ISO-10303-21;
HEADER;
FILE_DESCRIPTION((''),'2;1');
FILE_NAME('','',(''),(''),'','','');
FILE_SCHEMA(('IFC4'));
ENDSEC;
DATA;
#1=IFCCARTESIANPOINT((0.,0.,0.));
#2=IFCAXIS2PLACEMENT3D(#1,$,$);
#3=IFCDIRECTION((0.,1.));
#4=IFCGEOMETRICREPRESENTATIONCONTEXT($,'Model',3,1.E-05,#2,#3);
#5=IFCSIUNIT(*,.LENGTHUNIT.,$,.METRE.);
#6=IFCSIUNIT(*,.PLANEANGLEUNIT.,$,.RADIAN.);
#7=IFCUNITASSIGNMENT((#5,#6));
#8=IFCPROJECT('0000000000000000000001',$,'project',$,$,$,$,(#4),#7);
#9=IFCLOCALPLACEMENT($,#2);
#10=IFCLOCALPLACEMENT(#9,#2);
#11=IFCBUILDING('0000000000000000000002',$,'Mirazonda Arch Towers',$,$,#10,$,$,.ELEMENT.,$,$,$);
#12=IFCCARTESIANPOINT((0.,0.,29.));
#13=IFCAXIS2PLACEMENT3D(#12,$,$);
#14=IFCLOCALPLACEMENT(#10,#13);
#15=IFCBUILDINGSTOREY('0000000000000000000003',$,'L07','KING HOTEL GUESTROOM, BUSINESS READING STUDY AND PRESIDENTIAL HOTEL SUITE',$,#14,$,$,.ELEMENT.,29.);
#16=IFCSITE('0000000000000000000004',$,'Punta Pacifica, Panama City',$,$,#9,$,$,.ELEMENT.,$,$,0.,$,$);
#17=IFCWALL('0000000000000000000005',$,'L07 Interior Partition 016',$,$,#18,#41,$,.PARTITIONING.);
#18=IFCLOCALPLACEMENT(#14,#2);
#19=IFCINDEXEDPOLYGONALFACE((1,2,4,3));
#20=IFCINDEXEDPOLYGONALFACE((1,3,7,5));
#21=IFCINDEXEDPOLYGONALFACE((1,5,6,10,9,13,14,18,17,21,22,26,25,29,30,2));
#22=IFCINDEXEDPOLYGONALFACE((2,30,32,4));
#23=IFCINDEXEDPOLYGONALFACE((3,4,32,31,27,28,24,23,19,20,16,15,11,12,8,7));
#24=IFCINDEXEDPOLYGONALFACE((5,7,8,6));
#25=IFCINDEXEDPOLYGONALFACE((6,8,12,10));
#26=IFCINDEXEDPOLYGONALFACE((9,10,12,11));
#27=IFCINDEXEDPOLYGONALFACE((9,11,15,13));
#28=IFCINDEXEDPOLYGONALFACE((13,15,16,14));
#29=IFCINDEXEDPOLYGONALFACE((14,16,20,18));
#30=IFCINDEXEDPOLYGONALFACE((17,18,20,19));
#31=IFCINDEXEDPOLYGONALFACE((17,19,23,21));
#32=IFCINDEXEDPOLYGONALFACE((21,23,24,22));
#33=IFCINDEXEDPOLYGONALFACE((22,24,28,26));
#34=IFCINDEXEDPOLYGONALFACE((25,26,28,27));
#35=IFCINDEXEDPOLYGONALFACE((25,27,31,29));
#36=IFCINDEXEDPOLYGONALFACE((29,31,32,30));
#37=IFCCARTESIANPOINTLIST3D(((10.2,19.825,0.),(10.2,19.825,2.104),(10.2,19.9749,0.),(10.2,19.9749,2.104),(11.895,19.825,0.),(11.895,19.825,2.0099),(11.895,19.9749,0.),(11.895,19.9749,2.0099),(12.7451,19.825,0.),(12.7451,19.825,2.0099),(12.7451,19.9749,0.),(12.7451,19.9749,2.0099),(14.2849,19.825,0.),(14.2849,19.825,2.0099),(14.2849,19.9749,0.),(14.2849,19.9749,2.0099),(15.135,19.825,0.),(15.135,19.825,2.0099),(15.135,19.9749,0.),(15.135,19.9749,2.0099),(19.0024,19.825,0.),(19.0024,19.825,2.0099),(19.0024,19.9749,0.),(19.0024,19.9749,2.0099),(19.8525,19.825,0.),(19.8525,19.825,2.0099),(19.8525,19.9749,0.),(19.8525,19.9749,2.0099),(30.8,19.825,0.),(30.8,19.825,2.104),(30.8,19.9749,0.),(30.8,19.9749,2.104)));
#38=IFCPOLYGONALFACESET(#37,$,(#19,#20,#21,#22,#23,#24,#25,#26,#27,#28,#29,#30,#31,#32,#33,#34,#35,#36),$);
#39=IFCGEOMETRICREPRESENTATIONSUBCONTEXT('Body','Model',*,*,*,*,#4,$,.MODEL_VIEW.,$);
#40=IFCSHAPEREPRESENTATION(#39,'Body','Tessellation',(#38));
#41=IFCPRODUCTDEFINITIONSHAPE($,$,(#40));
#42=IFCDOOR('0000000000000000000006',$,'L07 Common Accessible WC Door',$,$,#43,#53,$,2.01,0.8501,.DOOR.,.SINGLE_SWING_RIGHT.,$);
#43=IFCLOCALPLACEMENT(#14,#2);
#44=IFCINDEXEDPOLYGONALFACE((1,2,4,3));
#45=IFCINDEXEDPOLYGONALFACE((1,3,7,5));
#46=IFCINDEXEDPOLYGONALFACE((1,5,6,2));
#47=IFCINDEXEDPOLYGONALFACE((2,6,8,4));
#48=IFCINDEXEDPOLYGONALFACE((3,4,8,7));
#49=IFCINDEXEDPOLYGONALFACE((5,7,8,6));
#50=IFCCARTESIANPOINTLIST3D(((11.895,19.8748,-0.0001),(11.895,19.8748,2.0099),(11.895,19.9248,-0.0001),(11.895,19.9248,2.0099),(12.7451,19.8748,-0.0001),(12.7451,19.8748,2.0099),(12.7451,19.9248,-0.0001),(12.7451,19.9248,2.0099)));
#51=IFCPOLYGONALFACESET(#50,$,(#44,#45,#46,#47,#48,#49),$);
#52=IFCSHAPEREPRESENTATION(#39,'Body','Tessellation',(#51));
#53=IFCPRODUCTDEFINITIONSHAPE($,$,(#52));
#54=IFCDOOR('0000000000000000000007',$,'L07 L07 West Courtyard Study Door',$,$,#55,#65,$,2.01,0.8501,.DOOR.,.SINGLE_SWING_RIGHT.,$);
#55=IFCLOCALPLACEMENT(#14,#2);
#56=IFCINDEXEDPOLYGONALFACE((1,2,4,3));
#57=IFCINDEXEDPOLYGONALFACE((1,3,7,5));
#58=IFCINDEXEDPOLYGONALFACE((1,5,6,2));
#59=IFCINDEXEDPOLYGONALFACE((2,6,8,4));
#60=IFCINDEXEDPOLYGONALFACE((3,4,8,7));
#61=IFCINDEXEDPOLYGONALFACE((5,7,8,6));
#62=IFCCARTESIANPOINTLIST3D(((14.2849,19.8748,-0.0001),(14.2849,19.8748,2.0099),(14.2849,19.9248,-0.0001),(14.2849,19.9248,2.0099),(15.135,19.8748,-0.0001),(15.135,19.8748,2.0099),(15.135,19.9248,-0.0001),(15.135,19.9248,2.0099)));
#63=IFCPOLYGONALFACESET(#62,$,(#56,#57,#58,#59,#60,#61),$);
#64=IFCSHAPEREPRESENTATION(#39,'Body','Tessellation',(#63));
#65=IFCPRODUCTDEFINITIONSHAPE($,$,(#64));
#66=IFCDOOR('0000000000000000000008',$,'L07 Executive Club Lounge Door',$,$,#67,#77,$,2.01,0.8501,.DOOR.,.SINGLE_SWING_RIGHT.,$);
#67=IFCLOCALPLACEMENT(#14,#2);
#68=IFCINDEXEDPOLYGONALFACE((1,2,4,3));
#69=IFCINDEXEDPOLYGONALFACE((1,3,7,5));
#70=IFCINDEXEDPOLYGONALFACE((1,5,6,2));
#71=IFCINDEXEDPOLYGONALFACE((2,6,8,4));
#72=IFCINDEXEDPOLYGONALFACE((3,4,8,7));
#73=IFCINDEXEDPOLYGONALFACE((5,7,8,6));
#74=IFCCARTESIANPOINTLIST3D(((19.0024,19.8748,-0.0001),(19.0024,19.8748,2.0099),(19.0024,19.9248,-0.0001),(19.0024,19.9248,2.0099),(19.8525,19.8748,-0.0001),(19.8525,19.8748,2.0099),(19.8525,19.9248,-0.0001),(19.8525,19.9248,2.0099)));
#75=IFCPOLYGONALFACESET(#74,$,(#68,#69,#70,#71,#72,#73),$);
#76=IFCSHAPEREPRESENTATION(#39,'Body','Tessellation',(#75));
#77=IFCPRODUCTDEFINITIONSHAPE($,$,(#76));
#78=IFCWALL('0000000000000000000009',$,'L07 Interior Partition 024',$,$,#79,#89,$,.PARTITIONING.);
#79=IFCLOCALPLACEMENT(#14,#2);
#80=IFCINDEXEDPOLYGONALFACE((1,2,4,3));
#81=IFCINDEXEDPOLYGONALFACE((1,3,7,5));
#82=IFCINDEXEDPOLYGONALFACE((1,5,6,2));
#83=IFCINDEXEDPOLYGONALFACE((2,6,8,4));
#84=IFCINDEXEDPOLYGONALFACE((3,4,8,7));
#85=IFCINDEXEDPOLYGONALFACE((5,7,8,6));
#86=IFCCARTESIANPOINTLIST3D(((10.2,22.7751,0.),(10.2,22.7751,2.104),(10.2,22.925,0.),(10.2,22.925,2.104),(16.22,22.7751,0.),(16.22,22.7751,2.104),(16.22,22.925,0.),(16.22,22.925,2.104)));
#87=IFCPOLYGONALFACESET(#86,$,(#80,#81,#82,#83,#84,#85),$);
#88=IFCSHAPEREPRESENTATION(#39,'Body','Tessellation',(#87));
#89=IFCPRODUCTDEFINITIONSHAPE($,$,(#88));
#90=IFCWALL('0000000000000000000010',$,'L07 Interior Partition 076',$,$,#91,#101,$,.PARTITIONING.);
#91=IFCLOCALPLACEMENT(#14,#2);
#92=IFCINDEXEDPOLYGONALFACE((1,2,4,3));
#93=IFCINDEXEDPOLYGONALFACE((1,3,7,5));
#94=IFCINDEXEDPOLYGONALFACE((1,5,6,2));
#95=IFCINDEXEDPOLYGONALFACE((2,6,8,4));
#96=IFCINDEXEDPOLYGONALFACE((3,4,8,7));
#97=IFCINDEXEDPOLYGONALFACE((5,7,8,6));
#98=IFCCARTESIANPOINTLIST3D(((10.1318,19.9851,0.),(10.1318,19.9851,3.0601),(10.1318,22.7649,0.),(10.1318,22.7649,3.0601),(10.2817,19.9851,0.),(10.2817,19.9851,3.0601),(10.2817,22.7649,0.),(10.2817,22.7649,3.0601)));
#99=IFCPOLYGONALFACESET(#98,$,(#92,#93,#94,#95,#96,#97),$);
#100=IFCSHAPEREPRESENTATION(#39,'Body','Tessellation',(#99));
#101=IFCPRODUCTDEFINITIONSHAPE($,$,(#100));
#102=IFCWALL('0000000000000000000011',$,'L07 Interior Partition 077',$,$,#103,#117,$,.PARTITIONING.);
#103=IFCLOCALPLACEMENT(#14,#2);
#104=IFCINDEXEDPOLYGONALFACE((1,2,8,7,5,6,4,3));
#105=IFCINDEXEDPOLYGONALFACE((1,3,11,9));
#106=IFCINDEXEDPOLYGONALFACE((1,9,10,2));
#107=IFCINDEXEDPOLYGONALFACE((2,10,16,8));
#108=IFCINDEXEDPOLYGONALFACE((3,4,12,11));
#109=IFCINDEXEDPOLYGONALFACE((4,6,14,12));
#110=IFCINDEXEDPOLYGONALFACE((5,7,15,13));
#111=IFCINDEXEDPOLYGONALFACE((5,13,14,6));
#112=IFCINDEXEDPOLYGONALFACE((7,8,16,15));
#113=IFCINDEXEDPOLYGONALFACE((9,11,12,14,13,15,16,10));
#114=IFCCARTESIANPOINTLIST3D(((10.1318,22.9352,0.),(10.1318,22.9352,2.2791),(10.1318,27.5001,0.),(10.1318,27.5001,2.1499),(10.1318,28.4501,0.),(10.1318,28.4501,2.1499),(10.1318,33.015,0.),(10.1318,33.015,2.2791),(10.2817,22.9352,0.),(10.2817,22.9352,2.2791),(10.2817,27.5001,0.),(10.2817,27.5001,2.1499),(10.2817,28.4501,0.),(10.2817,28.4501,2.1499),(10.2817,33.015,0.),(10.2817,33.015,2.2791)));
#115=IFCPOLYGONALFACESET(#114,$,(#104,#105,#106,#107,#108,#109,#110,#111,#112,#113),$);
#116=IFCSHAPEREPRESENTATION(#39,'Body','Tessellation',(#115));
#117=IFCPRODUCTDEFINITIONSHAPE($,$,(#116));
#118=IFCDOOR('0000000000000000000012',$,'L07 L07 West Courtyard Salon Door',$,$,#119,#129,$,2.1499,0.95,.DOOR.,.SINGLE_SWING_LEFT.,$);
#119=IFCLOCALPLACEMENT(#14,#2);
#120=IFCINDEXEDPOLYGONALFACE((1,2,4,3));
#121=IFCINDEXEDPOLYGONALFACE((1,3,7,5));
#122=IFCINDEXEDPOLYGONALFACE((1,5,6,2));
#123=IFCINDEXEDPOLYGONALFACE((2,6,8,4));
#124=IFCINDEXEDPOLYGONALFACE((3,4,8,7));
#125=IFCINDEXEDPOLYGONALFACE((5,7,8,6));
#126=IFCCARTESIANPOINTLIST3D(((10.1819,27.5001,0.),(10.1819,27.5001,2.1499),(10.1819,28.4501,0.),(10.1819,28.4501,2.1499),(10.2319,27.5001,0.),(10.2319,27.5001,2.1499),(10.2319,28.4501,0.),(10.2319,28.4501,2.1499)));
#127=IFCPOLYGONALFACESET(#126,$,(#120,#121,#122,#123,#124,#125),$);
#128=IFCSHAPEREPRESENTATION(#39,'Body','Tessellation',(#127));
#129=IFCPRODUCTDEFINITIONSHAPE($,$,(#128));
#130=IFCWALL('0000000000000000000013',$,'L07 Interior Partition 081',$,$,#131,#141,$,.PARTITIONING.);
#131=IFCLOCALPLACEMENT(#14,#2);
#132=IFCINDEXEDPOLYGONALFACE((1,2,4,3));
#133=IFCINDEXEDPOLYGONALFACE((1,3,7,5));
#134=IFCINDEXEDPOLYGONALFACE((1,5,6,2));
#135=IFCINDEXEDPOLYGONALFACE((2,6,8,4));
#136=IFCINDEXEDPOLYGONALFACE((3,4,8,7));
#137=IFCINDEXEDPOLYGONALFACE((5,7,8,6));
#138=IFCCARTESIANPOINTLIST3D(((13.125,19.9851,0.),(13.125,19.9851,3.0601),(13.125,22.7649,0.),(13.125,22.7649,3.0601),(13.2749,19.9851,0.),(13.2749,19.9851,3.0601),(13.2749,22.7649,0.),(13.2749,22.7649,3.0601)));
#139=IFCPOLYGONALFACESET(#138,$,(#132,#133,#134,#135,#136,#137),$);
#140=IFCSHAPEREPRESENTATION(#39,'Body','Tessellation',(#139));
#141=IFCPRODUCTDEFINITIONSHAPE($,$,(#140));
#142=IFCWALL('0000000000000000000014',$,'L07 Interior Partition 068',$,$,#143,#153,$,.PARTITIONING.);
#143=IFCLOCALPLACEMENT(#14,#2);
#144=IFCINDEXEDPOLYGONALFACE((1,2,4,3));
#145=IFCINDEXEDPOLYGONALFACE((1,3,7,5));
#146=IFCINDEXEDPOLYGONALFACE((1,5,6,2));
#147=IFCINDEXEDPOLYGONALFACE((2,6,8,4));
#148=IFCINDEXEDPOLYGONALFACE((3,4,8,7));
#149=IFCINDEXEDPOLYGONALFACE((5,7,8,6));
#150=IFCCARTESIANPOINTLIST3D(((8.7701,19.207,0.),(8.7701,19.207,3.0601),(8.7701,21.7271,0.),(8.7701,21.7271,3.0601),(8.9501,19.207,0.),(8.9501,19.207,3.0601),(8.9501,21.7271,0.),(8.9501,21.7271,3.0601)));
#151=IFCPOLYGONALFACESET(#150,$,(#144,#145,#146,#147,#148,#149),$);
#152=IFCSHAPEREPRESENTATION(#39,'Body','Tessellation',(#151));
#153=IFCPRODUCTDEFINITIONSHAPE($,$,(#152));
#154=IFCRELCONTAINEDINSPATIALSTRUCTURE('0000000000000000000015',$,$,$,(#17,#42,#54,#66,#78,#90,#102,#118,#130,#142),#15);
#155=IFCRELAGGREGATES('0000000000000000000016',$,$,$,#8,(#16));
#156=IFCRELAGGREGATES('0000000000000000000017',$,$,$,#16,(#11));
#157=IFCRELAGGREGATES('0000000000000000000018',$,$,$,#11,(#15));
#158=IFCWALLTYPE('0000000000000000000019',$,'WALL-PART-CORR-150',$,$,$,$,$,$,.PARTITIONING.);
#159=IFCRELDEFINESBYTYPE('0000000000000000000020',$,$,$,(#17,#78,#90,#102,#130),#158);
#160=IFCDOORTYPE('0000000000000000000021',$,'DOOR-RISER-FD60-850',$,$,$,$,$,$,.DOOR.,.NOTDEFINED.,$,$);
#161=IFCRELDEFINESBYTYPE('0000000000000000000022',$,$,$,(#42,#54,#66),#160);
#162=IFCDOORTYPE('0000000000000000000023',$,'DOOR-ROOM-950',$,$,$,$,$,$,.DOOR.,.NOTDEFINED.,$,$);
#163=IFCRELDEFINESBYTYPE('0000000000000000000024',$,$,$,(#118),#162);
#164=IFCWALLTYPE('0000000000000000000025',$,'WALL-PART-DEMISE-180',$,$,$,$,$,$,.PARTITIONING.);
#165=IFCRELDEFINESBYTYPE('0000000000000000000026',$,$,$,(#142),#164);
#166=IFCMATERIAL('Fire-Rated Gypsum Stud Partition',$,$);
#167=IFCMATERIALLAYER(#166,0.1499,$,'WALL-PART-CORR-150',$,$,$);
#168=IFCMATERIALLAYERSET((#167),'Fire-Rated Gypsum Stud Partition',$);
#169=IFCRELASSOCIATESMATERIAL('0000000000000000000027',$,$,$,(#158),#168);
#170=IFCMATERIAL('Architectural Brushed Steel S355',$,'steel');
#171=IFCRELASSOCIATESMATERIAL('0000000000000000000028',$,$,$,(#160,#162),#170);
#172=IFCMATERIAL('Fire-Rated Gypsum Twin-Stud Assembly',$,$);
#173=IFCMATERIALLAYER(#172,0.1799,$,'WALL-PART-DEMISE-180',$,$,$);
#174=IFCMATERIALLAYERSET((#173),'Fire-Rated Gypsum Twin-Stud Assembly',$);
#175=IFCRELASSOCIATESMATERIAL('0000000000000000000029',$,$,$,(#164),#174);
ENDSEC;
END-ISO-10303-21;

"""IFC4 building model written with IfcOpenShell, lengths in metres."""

from ifc_helpers import new_model, si_unit, direction, frame, frame_2d, origin, place, context, subcontext, project, spatial, rectangle, extrude, material, layer, layer_set, type_object, element, fill, save


model = new_model("IFC4")

# Units and contexts
model_context = context("Model", 3, precision=1e-05, world=origin(), true_north=direction((0.0, 1.0)))
body_context = subcontext(model_context, "Body", "Model", "MODEL_VIEW")
ifc_project = project(units=[si_unit("LENGTHUNIT", "METRE"), si_unit("PLANEANGLEUNIT", "RADIAN")], contexts=[model_context])

# Site, building, storey
site_placement = place(None, origin())
site = spatial("IfcSite", under=ifc_project, at=site_placement, Name="Punta Pacifica, Panama City", CompositionType="ELEMENT", RefElevation=0.0)
building_placement = place(site_placement, origin())
building = spatial("IfcBuilding", under=site, at=building_placement, Name="Mirazonda Arch Towers", CompositionType="ELEMENT")
storey_placement = place(building_placement, frame((0.0, 0.0, 29.0)))
storey = spatial("IfcBuildingStorey", under=building, at=storey_placement, Name="L07", Description="KING HOTEL GUESTROOM, BUSINESS READING STUDY AND PRESIDENTIAL HOTEL SUITE", CompositionType="ELEMENT", Elevation=29.0)

# Shared definitions
ifc_material_1 = material(Name="Architectural Brushed Steel S355", Category="steel")

# Shared definitions
ifc_material_2 = material(Name="Fire-Rated Gypsum Stud Partition")
ifc_layer_1 = layer(ifc_material_2, 0.1499, Name="WALL-PART-CORR-150")
ifc_layer_set_1 = layer_set([ifc_layer_1], Name="Fire-Rated Gypsum Stud Partition")
wall_type_1 = type_object("IfcWallType", Name="WALL-PART-CORR-150", PredefinedType="PARTITIONING", material=ifc_layer_set_1)

# Wall, openings, doors
wall_1_placement = place(storey_placement, frame((10.2, 19.8999, 0.0), z_axis=(0.0, 0.0, 1.0), x_axis=(1.0, 0.0, 0.0)))
wall_1 = element("IfcWall", 1, at=wall_1_placement, inside=storey, type_object=wall_type_1, Name="L07 Interior Partition 016", PredefinedType="PARTITIONING", context=body_context, shape_type="SweptSolid", body=[
    extrude(rectangle(XDim=20.6001, YDim=0.1499, at=frame_2d((10.3, 0.0))), origin(), (0.0, 0.0, 1.0), 2.104),
])
opening_1_placement = place(wall_1_placement, frame((1.6951, 0.0, 0.0)))
opening_1 = element("IfcOpeningElement", 2, at=opening_1_placement, cuts=wall_1, PredefinedType="OPENING", context=body_context, shape_type="SweptSolid", body=[
    extrude(rectangle(XDim=0.8501, YDim=2.01, at=frame_2d((0.425, 1.0049))), frame((0.0, 0.085, 0.0), z_axis=(0.0, -1.0, 0.0), x_axis=(1.0, 0.0, 0.0)), (0.0, 0.0, 1.0), 0.1699),
])
opening_2_placement = place(wall_1_placement, frame((4.085, 0.0, 0.0)))
opening_2 = element("IfcOpeningElement", 3, at=opening_2_placement, cuts=wall_1, PredefinedType="OPENING", context=body_context, shape_type="SweptSolid", body=[
    extrude(rectangle(XDim=0.8501, YDim=2.01, at=frame_2d((0.425, 1.0049))), frame((0.0, 0.085, 0.0), z_axis=(0.0, -1.0, 0.0), x_axis=(1.0, 0.0, 0.0)), (0.0, 0.0, 1.0), 0.1699),
])
opening_3_placement = place(wall_1_placement, frame((8.8025, 0.0, 0.0)))
opening_3 = element("IfcOpeningElement", 4, at=opening_3_placement, cuts=wall_1, PredefinedType="OPENING", context=body_context, shape_type="SweptSolid", body=[
    extrude(rectangle(XDim=0.8501, YDim=2.01, at=frame_2d((0.425, 1.0049))), frame((0.0, 0.085, 0.0), z_axis=(0.0, -1.0, 0.0), x_axis=(1.0, 0.0, 0.0)), (0.0, 0.0, 1.0), 0.1699),
])
door_type_1 = type_object("IfcDoorType", Name="DOOR-RISER-FD60-850", OperationType="NOTDEFINED", PredefinedType="DOOR", material=ifc_material_1)
door_1_placement = place(opening_1_placement, origin())
door_1 = element("IfcDoor", 5, at=door_1_placement, inside=storey, type_object=door_type_1, Name="L07 Common Accessible WC Door", OperationType="SINGLE_SWING_RIGHT", OverallHeight=2.01, OverallWidth=0.8501, PredefinedType="DOOR", context=body_context, shape_type="SweptSolid", body=[
    extrude(rectangle(XDim=0.8501, YDim=2.01, at=frame_2d((0.425, 1.0049))), frame((0.0, 0.0249, 0.0), z_axis=(0.0, -1.0, 0.0), x_axis=(1.0, 0.0, 0.0)), (0.0, 0.0, 1.0), 0.05),
])
fill(opening_1, door_1)
door_2_placement = place(opening_2_placement, origin())
door_2 = element("IfcDoor", 6, at=door_2_placement, inside=storey, type_object=door_type_1, Name="L07 L07 West Courtyard Study Door", OperationType="SINGLE_SWING_RIGHT", OverallHeight=2.01, OverallWidth=0.8501, PredefinedType="DOOR", context=body_context, shape_type="SweptSolid", body=[
    extrude(rectangle(XDim=0.8501, YDim=2.01, at=frame_2d((0.425, 1.0049))), frame((0.0, 0.0249, 0.0), z_axis=(0.0, -1.0, 0.0), x_axis=(1.0, 0.0, 0.0)), (0.0, 0.0, 1.0), 0.05),
])
fill(opening_2, door_2)
door_3_placement = place(opening_3_placement, origin())
door_3 = element("IfcDoor", 7, at=door_3_placement, inside=storey, type_object=door_type_1, Name="L07 Executive Club Lounge Door", OperationType="SINGLE_SWING_RIGHT", OverallHeight=2.01, OverallWidth=0.8501, PredefinedType="DOOR", context=body_context, shape_type="SweptSolid", body=[
    extrude(rectangle(XDim=0.8501, YDim=2.01, at=frame_2d((0.425, 1.0049))), frame((0.0, 0.0249, 0.0), z_axis=(0.0, -1.0, 0.0), x_axis=(1.0, 0.0, 0.0)), (0.0, 0.0, 1.0), 0.05),
])
fill(opening_3, door_3)

# Walls
wall_2_placement = place(storey_placement, frame((10.2, 22.8501, 0.0), z_axis=(0.0, 0.0, 1.0), x_axis=(1.0, 0.0, 0.0)))
element("IfcWall", 8, at=wall_2_placement, inside=storey, type_object=wall_type_1, Name="L07 Interior Partition 024", PredefinedType="PARTITIONING", context=body_context, shape_type="SweptSolid", body=[
    extrude(rectangle(XDim=6.02, YDim=0.1499, at=frame_2d((3.01, 0.0))), origin(), (0.0, 0.0, 1.0), 2.104),
])
wall_3_placement = place(storey_placement, frame((10.2068, 19.9851, 0.0), z_axis=(0.0, 0.0, 1.0), x_axis=(0.0, 1.0, 0.0)))
element("IfcWall", 9, at=wall_3_placement, inside=storey, type_object=wall_type_1, Name="L07 Interior Partition 076", PredefinedType="PARTITIONING", context=body_context, shape_type="SweptSolid", body=[
    extrude(rectangle(XDim=2.7798, YDim=0.1499, at=frame_2d((1.3899, 0.0))), origin(), (0.0, 0.0, 1.0), 3.0601),
])

# Wall, opening, door
wall_4_placement = place(storey_placement, frame((10.2068, 22.9351, 0.0), z_axis=(0.0, 0.0, 1.0), x_axis=(0.0, 1.0, 0.0)))
wall_4 = element("IfcWall", 10, at=wall_4_placement, inside=storey, type_object=wall_type_1, Name="L07 Interior Partition 077", PredefinedType="PARTITIONING", context=body_context, shape_type="SweptSolid", body=[
    extrude(rectangle(XDim=10.0798, YDim=0.1499, at=frame_2d((5.04, 0.0))), origin(), (0.0, 0.0, 1.0), 2.2791),
])
opening_4_placement = place(wall_4_placement, frame((4.5649, 0.0, 0.0)))
opening_4 = element("IfcOpeningElement", 11, at=opening_4_placement, cuts=wall_4, PredefinedType="OPENING", context=body_context, shape_type="SweptSolid", body=[
    extrude(rectangle(XDim=0.95, YDim=2.1499, at=frame_2d((0.4751, 1.075))), frame((0.0, 0.085, 0.0), z_axis=(0.0, -1.0, 0.0), x_axis=(1.0, 0.0, 0.0)), (0.0, 0.0, 1.0), 0.1699),
])
door_type_2 = type_object("IfcDoorType", Name="DOOR-ROOM-950", OperationType="NOTDEFINED", PredefinedType="DOOR", material=ifc_material_1)
door_4_placement = place(opening_4_placement, origin())
door_4 = element("IfcDoor", 12, at=door_4_placement, inside=storey, type_object=door_type_2, Name="L07 L07 West Courtyard Salon Door", OperationType="SINGLE_SWING_LEFT", OverallHeight=2.1499, OverallWidth=0.95, PredefinedType="DOOR", context=body_context, shape_type="SweptSolid", body=[
    extrude(rectangle(XDim=0.95, YDim=2.1499, at=frame_2d((0.4751, 1.075))), frame((0.0, 0.0249, 0.0), z_axis=(0.0, -1.0, 0.0), x_axis=(1.0, 0.0, 0.0)), (0.0, 0.0, 1.0), 0.05),
])
fill(opening_4, door_4)

# Walls
wall_5_placement = place(storey_placement, frame((13.2, 19.9851, 0.0), z_axis=(0.0, 0.0, 1.0), x_axis=(0.0, 1.0, 0.0)))
element("IfcWall", 13, at=wall_5_placement, inside=storey, type_object=wall_type_1, Name="L07 Interior Partition 081", PredefinedType="PARTITIONING", context=body_context, shape_type="SweptSolid", body=[
    extrude(rectangle(XDim=2.7798, YDim=0.1499, at=frame_2d((1.3899, 0.0))), origin(), (0.0, 0.0, 1.0), 3.0601),
])
ifc_material_3 = material(Name="Fire-Rated Gypsum Twin-Stud Assembly")
ifc_layer_2 = layer(ifc_material_3, 0.1799, Name="WALL-PART-DEMISE-180")
ifc_layer_set_2 = layer_set([ifc_layer_2], Name="Fire-Rated Gypsum Twin-Stud Assembly")
wall_type_2 = type_object("IfcWallType", Name="WALL-PART-DEMISE-180", PredefinedType="PARTITIONING", material=ifc_layer_set_2)
wall_6_placement = place(storey_placement, frame((8.8601, 19.207, 0.0), z_axis=(0.0, 0.0, 1.0), x_axis=(0.0, 1.0, 0.0)))
element("IfcWall", 14, at=wall_6_placement, inside=storey, type_object=wall_type_2, Name="L07 Interior Partition 068", PredefinedType="PARTITIONING", context=body_context, shape_type="SweptSolid", body=[
    extrude(rectangle(XDim=2.52, YDim=0.1799, at=frame_2d((1.26, 0.0))), origin(), (0.0, 0.0, 1.0), 3.0601),
])

save(model, "model.ifc")
